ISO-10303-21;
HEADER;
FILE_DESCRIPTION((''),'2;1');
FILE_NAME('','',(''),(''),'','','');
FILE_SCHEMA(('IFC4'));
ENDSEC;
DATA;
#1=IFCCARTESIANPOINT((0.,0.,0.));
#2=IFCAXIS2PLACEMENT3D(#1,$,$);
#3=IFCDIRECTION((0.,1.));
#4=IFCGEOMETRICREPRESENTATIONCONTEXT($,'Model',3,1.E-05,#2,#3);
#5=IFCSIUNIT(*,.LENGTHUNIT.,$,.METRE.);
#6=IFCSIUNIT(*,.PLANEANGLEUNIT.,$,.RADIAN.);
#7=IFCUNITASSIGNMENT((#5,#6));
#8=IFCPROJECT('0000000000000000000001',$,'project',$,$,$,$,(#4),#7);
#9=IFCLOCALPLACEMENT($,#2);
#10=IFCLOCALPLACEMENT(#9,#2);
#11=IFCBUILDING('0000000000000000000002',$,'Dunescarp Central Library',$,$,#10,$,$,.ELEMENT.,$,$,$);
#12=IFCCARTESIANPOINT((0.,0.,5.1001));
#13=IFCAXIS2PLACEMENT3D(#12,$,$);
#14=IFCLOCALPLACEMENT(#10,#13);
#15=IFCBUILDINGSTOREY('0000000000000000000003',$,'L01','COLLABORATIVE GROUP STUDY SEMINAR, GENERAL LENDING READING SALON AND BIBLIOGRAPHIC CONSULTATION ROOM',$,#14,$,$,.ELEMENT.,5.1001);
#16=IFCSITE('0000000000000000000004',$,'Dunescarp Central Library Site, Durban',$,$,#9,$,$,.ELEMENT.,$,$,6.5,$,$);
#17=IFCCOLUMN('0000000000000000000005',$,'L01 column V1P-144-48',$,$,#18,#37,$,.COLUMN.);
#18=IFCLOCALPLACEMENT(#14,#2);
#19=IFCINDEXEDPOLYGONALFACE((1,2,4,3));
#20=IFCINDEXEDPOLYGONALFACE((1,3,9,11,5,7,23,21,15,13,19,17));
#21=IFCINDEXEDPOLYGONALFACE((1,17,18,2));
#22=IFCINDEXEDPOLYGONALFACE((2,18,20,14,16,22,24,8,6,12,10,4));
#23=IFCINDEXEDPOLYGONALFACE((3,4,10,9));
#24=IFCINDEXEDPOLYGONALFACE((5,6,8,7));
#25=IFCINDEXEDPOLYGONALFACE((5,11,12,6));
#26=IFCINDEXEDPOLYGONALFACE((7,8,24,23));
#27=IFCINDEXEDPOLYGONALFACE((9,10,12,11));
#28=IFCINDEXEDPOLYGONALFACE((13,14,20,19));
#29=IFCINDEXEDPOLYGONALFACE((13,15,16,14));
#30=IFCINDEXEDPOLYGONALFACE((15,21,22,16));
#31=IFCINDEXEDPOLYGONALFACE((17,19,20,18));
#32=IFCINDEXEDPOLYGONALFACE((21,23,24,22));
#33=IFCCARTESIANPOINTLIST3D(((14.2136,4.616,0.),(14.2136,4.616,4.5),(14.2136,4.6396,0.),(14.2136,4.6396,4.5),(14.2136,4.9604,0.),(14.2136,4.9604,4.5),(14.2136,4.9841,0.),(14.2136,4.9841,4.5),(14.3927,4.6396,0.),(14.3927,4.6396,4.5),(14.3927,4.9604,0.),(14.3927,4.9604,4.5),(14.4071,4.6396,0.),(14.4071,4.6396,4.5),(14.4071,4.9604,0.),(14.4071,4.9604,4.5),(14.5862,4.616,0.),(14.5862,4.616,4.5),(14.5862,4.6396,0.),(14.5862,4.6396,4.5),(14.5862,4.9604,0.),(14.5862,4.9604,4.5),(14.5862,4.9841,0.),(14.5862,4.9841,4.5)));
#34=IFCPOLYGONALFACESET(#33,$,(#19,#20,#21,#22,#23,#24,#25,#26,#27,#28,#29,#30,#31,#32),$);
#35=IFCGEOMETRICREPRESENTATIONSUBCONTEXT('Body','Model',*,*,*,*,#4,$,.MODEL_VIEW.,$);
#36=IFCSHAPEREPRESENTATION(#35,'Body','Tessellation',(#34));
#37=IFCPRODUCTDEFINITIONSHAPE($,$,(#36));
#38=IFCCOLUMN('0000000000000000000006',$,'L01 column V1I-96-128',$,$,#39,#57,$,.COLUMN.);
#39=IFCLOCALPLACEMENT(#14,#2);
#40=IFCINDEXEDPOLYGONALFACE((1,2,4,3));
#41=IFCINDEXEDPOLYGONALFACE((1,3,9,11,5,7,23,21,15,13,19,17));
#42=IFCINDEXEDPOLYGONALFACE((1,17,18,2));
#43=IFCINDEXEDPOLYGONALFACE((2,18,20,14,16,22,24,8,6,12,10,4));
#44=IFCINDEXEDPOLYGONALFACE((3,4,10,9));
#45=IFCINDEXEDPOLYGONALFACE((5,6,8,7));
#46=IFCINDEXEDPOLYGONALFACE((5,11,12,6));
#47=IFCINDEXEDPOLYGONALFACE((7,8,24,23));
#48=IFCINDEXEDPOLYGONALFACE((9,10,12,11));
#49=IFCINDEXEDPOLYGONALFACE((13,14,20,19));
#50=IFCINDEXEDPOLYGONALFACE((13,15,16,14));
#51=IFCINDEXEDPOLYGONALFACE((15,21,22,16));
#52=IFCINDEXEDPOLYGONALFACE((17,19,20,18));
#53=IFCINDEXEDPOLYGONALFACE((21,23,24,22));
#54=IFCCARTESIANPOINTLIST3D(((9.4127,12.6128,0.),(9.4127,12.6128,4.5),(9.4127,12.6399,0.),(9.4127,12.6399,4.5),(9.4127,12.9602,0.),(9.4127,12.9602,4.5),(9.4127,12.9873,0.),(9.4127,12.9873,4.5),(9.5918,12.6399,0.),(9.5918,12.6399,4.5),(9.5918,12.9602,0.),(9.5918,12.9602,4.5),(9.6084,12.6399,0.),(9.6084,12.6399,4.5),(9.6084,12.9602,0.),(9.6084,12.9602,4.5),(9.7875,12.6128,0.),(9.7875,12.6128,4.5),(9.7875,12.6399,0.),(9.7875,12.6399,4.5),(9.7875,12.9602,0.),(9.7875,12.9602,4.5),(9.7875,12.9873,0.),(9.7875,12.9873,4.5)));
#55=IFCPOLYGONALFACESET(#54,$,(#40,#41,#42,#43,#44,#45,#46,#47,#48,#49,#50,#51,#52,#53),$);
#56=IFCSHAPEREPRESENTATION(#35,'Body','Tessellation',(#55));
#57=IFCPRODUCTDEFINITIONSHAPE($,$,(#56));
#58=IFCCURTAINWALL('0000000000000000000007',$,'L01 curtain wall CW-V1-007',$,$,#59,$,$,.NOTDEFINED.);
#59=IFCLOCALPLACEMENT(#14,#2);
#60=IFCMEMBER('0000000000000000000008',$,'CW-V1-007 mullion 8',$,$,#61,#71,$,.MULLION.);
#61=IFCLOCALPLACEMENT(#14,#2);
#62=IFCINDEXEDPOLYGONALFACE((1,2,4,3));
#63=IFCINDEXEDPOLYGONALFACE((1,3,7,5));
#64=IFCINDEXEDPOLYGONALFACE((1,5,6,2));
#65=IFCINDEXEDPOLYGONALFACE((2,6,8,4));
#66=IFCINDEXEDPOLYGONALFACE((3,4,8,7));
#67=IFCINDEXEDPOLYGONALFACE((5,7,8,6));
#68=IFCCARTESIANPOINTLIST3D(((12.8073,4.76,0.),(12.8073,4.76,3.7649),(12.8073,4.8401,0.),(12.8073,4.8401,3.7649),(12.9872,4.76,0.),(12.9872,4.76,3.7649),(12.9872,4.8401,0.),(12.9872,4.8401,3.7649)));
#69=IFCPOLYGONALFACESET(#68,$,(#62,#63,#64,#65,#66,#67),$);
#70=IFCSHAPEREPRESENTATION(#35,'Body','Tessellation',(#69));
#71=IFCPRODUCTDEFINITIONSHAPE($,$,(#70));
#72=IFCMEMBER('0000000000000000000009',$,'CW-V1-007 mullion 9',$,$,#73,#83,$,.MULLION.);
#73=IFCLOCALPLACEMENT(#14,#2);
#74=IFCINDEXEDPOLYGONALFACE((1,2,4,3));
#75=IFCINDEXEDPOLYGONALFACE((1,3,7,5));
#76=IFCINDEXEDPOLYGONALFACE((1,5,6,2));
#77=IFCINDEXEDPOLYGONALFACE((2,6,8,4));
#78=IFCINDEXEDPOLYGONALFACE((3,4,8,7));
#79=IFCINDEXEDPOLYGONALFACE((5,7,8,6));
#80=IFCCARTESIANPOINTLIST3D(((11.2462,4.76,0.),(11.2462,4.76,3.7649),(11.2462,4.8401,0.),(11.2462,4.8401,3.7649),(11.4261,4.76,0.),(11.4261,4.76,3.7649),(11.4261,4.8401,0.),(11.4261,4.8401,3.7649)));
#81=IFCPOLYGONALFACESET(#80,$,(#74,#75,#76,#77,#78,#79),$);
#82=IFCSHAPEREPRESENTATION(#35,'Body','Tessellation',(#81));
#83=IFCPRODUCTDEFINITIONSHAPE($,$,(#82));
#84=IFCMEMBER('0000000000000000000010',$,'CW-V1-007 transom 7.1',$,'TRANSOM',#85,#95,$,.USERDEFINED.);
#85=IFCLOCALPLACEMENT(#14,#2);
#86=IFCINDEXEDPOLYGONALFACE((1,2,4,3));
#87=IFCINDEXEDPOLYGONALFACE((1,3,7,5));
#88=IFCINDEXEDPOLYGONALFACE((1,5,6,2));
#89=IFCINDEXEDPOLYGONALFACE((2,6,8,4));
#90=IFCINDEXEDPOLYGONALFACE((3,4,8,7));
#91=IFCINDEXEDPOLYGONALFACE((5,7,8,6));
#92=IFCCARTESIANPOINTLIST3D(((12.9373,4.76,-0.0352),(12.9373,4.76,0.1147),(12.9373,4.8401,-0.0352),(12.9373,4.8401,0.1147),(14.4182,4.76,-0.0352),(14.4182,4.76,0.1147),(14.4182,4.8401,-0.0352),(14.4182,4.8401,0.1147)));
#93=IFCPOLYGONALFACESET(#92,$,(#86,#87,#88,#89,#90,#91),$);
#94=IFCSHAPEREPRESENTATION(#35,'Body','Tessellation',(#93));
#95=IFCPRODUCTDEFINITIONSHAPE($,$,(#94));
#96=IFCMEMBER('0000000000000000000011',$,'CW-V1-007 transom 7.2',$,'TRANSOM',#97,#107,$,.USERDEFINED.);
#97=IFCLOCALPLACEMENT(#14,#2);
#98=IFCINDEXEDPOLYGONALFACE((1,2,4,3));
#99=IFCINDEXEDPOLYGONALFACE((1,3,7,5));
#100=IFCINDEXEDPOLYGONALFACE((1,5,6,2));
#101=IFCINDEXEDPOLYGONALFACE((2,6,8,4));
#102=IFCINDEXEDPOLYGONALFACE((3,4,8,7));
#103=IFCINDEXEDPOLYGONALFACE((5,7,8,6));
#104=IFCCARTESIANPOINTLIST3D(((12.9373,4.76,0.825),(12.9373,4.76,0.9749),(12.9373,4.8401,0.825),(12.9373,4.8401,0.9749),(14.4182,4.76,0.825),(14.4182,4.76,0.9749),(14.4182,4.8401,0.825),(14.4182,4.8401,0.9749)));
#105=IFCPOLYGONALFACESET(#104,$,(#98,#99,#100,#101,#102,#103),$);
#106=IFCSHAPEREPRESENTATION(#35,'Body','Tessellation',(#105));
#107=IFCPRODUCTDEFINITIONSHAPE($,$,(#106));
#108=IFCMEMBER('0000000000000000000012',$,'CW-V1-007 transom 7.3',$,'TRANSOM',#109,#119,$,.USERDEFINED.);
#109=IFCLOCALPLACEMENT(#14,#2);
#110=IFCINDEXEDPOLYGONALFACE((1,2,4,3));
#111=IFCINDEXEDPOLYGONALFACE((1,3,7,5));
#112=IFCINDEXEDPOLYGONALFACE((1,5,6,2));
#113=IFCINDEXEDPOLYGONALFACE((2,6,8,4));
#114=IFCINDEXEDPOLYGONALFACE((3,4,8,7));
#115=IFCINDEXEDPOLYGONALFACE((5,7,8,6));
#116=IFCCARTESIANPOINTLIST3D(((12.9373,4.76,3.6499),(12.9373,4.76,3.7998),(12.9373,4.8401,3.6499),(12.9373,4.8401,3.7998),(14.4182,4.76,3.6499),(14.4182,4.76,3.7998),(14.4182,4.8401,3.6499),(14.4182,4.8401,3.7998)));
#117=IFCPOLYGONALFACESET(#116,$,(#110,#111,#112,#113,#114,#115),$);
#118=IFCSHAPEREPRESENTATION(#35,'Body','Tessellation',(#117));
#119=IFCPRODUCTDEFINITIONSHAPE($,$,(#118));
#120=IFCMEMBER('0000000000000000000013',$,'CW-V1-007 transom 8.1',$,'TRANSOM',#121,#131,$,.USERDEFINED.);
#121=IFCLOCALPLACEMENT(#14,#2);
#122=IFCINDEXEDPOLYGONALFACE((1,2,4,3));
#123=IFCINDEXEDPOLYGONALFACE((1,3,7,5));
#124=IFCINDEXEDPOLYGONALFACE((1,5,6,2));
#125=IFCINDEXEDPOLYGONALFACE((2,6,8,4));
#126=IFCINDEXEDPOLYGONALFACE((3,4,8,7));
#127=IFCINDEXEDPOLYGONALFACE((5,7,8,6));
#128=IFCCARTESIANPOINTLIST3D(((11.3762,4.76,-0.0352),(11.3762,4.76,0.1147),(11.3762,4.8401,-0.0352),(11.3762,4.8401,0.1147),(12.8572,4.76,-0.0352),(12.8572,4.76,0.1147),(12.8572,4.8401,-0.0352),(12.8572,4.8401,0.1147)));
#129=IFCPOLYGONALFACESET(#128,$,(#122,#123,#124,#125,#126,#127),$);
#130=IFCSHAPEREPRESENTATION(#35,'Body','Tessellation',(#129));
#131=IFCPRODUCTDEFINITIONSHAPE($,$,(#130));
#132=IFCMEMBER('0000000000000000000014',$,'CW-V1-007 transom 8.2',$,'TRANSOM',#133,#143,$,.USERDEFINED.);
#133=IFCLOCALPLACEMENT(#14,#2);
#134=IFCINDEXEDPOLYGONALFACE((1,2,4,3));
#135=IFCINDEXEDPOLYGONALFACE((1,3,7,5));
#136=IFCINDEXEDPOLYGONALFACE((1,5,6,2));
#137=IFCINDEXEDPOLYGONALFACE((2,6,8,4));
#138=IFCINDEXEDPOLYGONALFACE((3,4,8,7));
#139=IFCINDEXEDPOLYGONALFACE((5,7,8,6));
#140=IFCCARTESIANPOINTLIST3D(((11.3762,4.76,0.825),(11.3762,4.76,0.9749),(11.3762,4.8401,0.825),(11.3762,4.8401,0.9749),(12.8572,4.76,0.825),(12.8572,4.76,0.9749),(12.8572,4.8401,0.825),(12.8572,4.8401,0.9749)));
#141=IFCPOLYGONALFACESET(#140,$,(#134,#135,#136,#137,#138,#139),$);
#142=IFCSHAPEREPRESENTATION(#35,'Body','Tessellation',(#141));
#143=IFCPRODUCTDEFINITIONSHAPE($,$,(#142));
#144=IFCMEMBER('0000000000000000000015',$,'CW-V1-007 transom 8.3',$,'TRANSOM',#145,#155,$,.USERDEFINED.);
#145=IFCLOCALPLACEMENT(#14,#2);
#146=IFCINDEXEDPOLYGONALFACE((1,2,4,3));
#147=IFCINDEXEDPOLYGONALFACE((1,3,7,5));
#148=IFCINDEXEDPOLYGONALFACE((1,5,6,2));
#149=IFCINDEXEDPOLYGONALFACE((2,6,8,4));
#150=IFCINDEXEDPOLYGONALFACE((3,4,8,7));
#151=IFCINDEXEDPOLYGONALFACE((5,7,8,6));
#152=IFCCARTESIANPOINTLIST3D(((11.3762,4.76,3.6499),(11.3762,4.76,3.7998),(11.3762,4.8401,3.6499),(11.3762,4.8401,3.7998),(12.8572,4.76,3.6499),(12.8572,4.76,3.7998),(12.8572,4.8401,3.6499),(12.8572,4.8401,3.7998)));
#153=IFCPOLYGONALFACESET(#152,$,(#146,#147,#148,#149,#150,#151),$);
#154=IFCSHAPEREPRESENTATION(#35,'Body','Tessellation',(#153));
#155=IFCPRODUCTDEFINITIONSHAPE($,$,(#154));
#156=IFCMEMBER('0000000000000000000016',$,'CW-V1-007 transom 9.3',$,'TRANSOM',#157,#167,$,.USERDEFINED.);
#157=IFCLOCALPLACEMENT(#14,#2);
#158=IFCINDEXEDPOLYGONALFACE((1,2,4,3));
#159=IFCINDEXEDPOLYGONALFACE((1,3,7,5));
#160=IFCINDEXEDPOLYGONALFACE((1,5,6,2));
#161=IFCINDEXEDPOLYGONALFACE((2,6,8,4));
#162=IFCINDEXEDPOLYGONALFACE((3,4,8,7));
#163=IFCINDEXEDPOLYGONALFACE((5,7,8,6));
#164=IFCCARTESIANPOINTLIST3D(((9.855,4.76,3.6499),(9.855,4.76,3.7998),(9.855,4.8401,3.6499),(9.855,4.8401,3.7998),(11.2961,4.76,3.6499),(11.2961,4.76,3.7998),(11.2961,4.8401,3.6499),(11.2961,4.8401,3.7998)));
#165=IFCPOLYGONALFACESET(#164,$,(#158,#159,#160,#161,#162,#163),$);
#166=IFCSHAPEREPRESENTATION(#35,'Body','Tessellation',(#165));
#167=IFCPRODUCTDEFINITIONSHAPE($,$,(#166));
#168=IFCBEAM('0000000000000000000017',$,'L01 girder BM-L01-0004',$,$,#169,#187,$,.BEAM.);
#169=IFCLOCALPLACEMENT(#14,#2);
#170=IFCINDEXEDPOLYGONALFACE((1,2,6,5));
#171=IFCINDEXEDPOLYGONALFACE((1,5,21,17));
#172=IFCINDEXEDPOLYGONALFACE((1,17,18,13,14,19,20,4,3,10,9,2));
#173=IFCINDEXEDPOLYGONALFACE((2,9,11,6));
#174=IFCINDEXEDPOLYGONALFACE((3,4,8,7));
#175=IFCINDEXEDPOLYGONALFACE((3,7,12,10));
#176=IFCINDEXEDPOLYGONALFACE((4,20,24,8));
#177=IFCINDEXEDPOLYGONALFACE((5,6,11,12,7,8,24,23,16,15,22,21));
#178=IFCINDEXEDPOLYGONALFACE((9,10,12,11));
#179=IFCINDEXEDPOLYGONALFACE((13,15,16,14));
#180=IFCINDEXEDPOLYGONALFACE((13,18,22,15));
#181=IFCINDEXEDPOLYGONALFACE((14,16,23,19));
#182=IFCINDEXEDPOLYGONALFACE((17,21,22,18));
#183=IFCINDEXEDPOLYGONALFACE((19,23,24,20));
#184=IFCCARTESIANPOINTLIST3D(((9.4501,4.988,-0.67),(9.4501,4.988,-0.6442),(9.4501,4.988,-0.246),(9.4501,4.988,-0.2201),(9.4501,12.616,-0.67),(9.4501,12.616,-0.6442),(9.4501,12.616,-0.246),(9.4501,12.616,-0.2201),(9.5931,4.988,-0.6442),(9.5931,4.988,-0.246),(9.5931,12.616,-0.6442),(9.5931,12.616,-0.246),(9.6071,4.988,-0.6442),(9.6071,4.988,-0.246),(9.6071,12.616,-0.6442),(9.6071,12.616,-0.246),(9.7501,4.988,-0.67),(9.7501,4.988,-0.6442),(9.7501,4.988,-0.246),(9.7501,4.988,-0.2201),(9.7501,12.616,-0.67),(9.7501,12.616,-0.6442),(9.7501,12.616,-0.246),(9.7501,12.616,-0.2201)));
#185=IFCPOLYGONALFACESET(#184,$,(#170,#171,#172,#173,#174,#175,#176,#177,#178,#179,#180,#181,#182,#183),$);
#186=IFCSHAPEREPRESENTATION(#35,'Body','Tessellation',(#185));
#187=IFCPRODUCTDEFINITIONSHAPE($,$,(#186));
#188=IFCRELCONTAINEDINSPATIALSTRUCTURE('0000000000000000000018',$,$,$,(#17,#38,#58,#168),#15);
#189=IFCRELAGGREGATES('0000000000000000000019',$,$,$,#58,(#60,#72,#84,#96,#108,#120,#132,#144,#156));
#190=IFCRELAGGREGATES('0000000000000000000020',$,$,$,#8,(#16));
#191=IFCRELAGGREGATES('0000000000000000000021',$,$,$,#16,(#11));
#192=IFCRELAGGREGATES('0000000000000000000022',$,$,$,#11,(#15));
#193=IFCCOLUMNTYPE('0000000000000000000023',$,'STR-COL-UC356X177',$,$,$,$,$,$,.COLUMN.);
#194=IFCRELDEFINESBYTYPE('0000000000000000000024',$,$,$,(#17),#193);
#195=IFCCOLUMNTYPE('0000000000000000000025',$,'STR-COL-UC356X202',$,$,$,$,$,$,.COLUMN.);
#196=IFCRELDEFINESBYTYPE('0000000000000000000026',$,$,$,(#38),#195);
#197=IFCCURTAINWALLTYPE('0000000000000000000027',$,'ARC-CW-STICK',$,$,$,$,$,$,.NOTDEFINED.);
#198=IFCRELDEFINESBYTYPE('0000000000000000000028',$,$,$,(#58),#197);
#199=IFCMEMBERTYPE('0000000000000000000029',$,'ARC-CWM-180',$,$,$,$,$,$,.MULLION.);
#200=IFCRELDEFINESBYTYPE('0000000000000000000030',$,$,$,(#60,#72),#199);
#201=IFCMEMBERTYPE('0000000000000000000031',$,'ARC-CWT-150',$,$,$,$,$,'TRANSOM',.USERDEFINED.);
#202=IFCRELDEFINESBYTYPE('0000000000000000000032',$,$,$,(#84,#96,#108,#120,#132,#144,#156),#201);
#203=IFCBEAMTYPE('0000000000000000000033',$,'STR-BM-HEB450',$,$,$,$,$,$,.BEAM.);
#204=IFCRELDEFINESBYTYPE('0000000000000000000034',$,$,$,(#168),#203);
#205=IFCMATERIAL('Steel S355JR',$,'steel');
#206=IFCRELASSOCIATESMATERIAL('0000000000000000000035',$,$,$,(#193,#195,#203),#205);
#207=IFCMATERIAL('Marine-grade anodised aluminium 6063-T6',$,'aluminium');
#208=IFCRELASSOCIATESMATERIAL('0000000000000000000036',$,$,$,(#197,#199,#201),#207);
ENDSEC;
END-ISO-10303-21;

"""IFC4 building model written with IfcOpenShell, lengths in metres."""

from ifc_helpers import new_model, si_unit, direction, frame, origin, origin_2d, place, context, subcontext, project, spatial, rectangle, i_section, extrude, material, material_profile, profile_set, type_object, element, aggregate, save


model = new_model("IFC4")

# Units and contexts
model_context = context("Model", 3, precision=1e-05, world=origin(), true_north=direction((0.0, 1.0)))
body_context = subcontext(model_context, "Body", "Model", "MODEL_VIEW")
ifc_project = project(units=[si_unit("LENGTHUNIT", "METRE"), si_unit("PLANEANGLEUNIT", "RADIAN")], contexts=[model_context])

# Site, building, storey
site_placement = place(None, origin())
site = spatial("IfcSite", under=ifc_project, at=site_placement, Name="Dunescarp Central Library Site, Durban", CompositionType="ELEMENT", RefElevation=6.5)
building_placement = place(site_placement, origin())
building = spatial("IfcBuilding", under=site, at=building_placement, Name="Dunescarp Central Library", CompositionType="ELEMENT")
storey_placement = place(building_placement, frame((0.0, 0.0, 5.1001)))
storey = spatial("IfcBuildingStorey", under=building, at=storey_placement, Name="L01", Description="COLLABORATIVE GROUP STUDY SEMINAR, GENERAL LENDING READING SALON AND BIBLIOGRAPHIC CONSULTATION ROOM", CompositionType="ELEMENT", Elevation=5.1001)

# Columns
ifc_material_1 = material(Name="Steel S355JR", Category="steel")
ifc_material_profile_1 = material_profile(ifc_material_1, i_section(OverallWidth=0.3726, OverallDepth=0.3682, WebThickness=0.0144, FlangeThickness=0.0237, at=origin_2d()), Name="UC 356x368x177")
ifc_profile_set_1 = profile_set([ifc_material_profile_1], Name="Steel S355JR")
column_type_1 = type_object("IfcColumnType", Name="STR-COL-UC356X177", PredefinedType="COLUMN", material=ifc_profile_set_1)
column_1_placement = place(storey_placement, frame((14.3999, 4.8, 0.0), z_axis=(0.0, 0.0, 1.0), x_axis=(1.0, 0.0, 0.0)))
element("IfcColumn", 1, at=column_1_placement, inside=storey, type_object=column_type_1, Name="L01 column V1P-144-48", PredefinedType="COLUMN", context=body_context, shape_type="SweptSolid", body=[
    extrude(i_section(OverallWidth=0.3726, OverallDepth=0.3682, WebThickness=0.0144, FlangeThickness=0.0237, at=origin_2d()), origin(), (0.0, 0.0, 1.0), 4.5),
])
ifc_material_profile_2 = material_profile(ifc_material_1, i_section(OverallWidth=0.3748, OverallDepth=0.3745, WebThickness=0.0166, FlangeThickness=0.0271, at=origin_2d()), Name="UC 356x368x202")
ifc_profile_set_2 = profile_set([ifc_material_profile_2], Name="Steel S355JR")
column_type_2 = type_object("IfcColumnType", Name="STR-COL-UC356X202", PredefinedType="COLUMN", material=ifc_profile_set_2)
column_2_placement = place(storey_placement, frame((9.6001, 12.8, 0.0), z_axis=(0.0, 0.0, 1.0), x_axis=(1.0, 0.0, 0.0)))
element("IfcColumn", 2, at=column_2_placement, inside=storey, type_object=column_type_2, Name="L01 column V1I-96-128", PredefinedType="COLUMN", context=body_context, shape_type="SweptSolid", body=[
    extrude(i_section(OverallWidth=0.3748, OverallDepth=0.3745, WebThickness=0.0166, FlangeThickness=0.0271, at=origin_2d()), origin(), (0.0, 0.0, 1.0), 4.5),
])

# Curtain wall, members
ifc_material_2 = material(Name="Marine-grade anodised aluminium 6063-T6", Category="aluminium")
curtain_wall_type = type_object("IfcCurtainWallType", Name="ARC-CW-STICK", PredefinedType="NOTDEFINED", material=ifc_material_2)
curtain_wall_placement = place(storey_placement, origin())
curtain_wall = element("IfcCurtainWall", 3, at=curtain_wall_placement, inside=storey, type_object=curtain_wall_type, Name="L01 curtain wall CW-V1-007", PredefinedType="NOTDEFINED")
ifc_material_profile_3 = material_profile(ifc_material_2, rectangle(XDim=0.0801, YDim=0.1799, at=origin_2d()), Name="AL 80x180")
ifc_profile_set_3 = profile_set([ifc_material_profile_3], Name="Marine-grade anodised aluminium 6063-T6")
member_type_1 = type_object("IfcMemberType", Name="ARC-CWM-180", PredefinedType="MULLION", material=ifc_profile_set_3)
member_1_placement = place(storey_placement, frame((12.8972, 4.8, 0.0), z_axis=(0.0, 0.0, 1.0), x_axis=(0.0, -1.0, 0.0)))
member_1 = element("IfcMember", 4, at=member_1_placement, type_object=member_type_1, Name="CW-V1-007 mullion 8", PredefinedType="MULLION", context=body_context, shape_type="SweptSolid", body=[
    extrude(rectangle(XDim=0.0801, YDim=0.1799, at=origin_2d()), origin(), (0.0, 0.0, 1.0), 3.7649),
])
member_2_placement = place(storey_placement, frame((11.3362, 4.8, 0.0), z_axis=(0.0, 0.0, 1.0), x_axis=(0.0, -1.0, 0.0)))
member_2 = element("IfcMember", 5, at=member_2_placement, type_object=member_type_1, Name="CW-V1-007 mullion 9", PredefinedType="MULLION", context=body_context, shape_type="SweptSolid", body=[
    extrude(rectangle(XDim=0.0801, YDim=0.1799, at=origin_2d()), origin(), (0.0, 0.0, 1.0), 3.7649),
])
ifc_material_profile_4 = material_profile(ifc_material_2, rectangle(XDim=0.0801, YDim=0.1499, at=origin_2d()), Name="AL 80x150")
ifc_profile_set_4 = profile_set([ifc_material_profile_4], Name="Marine-grade anodised aluminium 6063-T6")
member_type_2 = type_object("IfcMemberType", Name="ARC-CWT-150", ElementType="TRANSOM", PredefinedType="USERDEFINED", material=ifc_profile_set_4)
member_3_placement = place(storey_placement, frame((14.4182, 4.8, 0.0398), z_axis=(-1.0, 0.0, 0.0), x_axis=(0.0, -1.0, 0.0)))
member_3 = element("IfcMember", 6, at=member_3_placement, type_object=member_type_2, Name="CW-V1-007 transom 7.1", ObjectType="TRANSOM", PredefinedType="USERDEFINED", context=body_context, shape_type="SweptSolid", body=[
    extrude(rectangle(XDim=0.0801, YDim=0.1499, at=origin_2d()), origin(), (0.0, 0.0, 1.0), 1.481),
])
member_4_placement = place(storey_placement, frame((14.4182, 4.8, 0.8999), z_axis=(-1.0, 0.0, 0.0), x_axis=(0.0, -1.0, 0.0)))
member_4 = element("IfcMember", 7, at=member_4_placement, type_object=member_type_2, Name="CW-V1-007 transom 7.2", ObjectType="TRANSOM", PredefinedType="USERDEFINED", context=body_context, shape_type="SweptSolid", body=[
    extrude(rectangle(XDim=0.0801, YDim=0.1499, at=origin_2d()), origin(), (0.0, 0.0, 1.0), 1.481),
])
member_5_placement = place(storey_placement, frame((14.4182, 4.8, 3.7249), z_axis=(-1.0, 0.0, 0.0), x_axis=(0.0, -1.0, 0.0)))
member_5 = element("IfcMember", 8, at=member_5_placement, type_object=member_type_2, Name="CW-V1-007 transom 7.3", ObjectType="TRANSOM", PredefinedType="USERDEFINED", context=body_context, shape_type="SweptSolid", body=[
    extrude(rectangle(XDim=0.0801, YDim=0.1499, at=origin_2d()), origin(), (0.0, 0.0, 1.0), 1.481),
])
member_6_placement = place(storey_placement, frame((12.8572, 4.8, 0.0398), z_axis=(-1.0, 0.0, 0.0), x_axis=(0.0, -1.0, 0.0)))
member_6 = element("IfcMember", 9, at=member_6_placement, type_object=member_type_2, Name="CW-V1-007 transom 8.1", ObjectType="TRANSOM", PredefinedType="USERDEFINED", context=body_context, shape_type="SweptSolid", body=[
    extrude(rectangle(XDim=0.0801, YDim=0.1499, at=origin_2d()), origin(), (0.0, 0.0, 1.0), 1.481),
])
member_7_placement = place(storey_placement, frame((12.8572, 4.8, 0.8999), z_axis=(-1.0, 0.0, 0.0), x_axis=(0.0, -1.0, 0.0)))
member_7 = element("IfcMember", 10, at=member_7_placement, type_object=member_type_2, Name="CW-V1-007 transom 8.2", ObjectType="TRANSOM", PredefinedType="USERDEFINED", context=body_context, shape_type="SweptSolid", body=[
    extrude(rectangle(XDim=0.0801, YDim=0.1499, at=origin_2d()), origin(), (0.0, 0.0, 1.0), 1.481),
])
member_8_placement = place(storey_placement, frame((12.8572, 4.8, 3.7249), z_axis=(-1.0, 0.0, 0.0), x_axis=(0.0, -1.0, 0.0)))
member_8 = element("IfcMember", 11, at=member_8_placement, type_object=member_type_2, Name="CW-V1-007 transom 8.3", ObjectType="TRANSOM", PredefinedType="USERDEFINED", context=body_context, shape_type="SweptSolid", body=[
    extrude(rectangle(XDim=0.0801, YDim=0.1499, at=origin_2d()), origin(), (0.0, 0.0, 1.0), 1.481),
])
member_9_placement = place(storey_placement, frame((11.2961, 4.8, 3.7249), z_axis=(-1.0, 0.0, 0.0), x_axis=(0.0, -1.0, 0.0)))
member_9 = element("IfcMember", 12, at=member_9_placement, type_object=member_type_2, Name="CW-V1-007 transom 9.3", ObjectType="TRANSOM", PredefinedType="USERDEFINED", context=body_context, shape_type="SweptSolid", body=[
    extrude(rectangle(XDim=0.0801, YDim=0.1499, at=origin_2d()), origin(), (0.0, 0.0, 1.0), 1.4412),
])

# Beam
ifc_material_profile_5 = material_profile(ifc_material_1, i_section(OverallWidth=0.3, OverallDepth=0.45, WebThickness=0.0139, FlangeThickness=0.0259, at=origin_2d()), Name="HEB 450")
ifc_profile_set_5 = profile_set([ifc_material_profile_5], Name="Steel S355JR")
beam_type_1 = type_object("IfcBeamType", Name="STR-BM-HEB450", PredefinedType="BEAM", material=ifc_profile_set_5)
beam_1_placement = place(storey_placement, frame((9.6001, 4.988, -0.4451), z_axis=(0.0, 1.0, 0.0), x_axis=(-1.0, 0.0, 0.0)))
element("IfcBeam", 13, at=beam_1_placement, inside=storey, type_object=beam_type_1, Name="L01 girder BM-L01-0004", PredefinedType="BEAM", context=body_context, shape_type="SweptSolid", body=[
    extrude(i_section(OverallWidth=0.3, OverallDepth=0.45, WebThickness=0.0139, FlangeThickness=0.0259, at=origin_2d()), origin(), (0.0, 0.0, 1.0), 7.6279),
])

aggregate(curtain_wall, [member_1, member_2, member_3, member_4, member_5, member_6, member_7, member_8, member_9])

save(model, "model.ifc")
